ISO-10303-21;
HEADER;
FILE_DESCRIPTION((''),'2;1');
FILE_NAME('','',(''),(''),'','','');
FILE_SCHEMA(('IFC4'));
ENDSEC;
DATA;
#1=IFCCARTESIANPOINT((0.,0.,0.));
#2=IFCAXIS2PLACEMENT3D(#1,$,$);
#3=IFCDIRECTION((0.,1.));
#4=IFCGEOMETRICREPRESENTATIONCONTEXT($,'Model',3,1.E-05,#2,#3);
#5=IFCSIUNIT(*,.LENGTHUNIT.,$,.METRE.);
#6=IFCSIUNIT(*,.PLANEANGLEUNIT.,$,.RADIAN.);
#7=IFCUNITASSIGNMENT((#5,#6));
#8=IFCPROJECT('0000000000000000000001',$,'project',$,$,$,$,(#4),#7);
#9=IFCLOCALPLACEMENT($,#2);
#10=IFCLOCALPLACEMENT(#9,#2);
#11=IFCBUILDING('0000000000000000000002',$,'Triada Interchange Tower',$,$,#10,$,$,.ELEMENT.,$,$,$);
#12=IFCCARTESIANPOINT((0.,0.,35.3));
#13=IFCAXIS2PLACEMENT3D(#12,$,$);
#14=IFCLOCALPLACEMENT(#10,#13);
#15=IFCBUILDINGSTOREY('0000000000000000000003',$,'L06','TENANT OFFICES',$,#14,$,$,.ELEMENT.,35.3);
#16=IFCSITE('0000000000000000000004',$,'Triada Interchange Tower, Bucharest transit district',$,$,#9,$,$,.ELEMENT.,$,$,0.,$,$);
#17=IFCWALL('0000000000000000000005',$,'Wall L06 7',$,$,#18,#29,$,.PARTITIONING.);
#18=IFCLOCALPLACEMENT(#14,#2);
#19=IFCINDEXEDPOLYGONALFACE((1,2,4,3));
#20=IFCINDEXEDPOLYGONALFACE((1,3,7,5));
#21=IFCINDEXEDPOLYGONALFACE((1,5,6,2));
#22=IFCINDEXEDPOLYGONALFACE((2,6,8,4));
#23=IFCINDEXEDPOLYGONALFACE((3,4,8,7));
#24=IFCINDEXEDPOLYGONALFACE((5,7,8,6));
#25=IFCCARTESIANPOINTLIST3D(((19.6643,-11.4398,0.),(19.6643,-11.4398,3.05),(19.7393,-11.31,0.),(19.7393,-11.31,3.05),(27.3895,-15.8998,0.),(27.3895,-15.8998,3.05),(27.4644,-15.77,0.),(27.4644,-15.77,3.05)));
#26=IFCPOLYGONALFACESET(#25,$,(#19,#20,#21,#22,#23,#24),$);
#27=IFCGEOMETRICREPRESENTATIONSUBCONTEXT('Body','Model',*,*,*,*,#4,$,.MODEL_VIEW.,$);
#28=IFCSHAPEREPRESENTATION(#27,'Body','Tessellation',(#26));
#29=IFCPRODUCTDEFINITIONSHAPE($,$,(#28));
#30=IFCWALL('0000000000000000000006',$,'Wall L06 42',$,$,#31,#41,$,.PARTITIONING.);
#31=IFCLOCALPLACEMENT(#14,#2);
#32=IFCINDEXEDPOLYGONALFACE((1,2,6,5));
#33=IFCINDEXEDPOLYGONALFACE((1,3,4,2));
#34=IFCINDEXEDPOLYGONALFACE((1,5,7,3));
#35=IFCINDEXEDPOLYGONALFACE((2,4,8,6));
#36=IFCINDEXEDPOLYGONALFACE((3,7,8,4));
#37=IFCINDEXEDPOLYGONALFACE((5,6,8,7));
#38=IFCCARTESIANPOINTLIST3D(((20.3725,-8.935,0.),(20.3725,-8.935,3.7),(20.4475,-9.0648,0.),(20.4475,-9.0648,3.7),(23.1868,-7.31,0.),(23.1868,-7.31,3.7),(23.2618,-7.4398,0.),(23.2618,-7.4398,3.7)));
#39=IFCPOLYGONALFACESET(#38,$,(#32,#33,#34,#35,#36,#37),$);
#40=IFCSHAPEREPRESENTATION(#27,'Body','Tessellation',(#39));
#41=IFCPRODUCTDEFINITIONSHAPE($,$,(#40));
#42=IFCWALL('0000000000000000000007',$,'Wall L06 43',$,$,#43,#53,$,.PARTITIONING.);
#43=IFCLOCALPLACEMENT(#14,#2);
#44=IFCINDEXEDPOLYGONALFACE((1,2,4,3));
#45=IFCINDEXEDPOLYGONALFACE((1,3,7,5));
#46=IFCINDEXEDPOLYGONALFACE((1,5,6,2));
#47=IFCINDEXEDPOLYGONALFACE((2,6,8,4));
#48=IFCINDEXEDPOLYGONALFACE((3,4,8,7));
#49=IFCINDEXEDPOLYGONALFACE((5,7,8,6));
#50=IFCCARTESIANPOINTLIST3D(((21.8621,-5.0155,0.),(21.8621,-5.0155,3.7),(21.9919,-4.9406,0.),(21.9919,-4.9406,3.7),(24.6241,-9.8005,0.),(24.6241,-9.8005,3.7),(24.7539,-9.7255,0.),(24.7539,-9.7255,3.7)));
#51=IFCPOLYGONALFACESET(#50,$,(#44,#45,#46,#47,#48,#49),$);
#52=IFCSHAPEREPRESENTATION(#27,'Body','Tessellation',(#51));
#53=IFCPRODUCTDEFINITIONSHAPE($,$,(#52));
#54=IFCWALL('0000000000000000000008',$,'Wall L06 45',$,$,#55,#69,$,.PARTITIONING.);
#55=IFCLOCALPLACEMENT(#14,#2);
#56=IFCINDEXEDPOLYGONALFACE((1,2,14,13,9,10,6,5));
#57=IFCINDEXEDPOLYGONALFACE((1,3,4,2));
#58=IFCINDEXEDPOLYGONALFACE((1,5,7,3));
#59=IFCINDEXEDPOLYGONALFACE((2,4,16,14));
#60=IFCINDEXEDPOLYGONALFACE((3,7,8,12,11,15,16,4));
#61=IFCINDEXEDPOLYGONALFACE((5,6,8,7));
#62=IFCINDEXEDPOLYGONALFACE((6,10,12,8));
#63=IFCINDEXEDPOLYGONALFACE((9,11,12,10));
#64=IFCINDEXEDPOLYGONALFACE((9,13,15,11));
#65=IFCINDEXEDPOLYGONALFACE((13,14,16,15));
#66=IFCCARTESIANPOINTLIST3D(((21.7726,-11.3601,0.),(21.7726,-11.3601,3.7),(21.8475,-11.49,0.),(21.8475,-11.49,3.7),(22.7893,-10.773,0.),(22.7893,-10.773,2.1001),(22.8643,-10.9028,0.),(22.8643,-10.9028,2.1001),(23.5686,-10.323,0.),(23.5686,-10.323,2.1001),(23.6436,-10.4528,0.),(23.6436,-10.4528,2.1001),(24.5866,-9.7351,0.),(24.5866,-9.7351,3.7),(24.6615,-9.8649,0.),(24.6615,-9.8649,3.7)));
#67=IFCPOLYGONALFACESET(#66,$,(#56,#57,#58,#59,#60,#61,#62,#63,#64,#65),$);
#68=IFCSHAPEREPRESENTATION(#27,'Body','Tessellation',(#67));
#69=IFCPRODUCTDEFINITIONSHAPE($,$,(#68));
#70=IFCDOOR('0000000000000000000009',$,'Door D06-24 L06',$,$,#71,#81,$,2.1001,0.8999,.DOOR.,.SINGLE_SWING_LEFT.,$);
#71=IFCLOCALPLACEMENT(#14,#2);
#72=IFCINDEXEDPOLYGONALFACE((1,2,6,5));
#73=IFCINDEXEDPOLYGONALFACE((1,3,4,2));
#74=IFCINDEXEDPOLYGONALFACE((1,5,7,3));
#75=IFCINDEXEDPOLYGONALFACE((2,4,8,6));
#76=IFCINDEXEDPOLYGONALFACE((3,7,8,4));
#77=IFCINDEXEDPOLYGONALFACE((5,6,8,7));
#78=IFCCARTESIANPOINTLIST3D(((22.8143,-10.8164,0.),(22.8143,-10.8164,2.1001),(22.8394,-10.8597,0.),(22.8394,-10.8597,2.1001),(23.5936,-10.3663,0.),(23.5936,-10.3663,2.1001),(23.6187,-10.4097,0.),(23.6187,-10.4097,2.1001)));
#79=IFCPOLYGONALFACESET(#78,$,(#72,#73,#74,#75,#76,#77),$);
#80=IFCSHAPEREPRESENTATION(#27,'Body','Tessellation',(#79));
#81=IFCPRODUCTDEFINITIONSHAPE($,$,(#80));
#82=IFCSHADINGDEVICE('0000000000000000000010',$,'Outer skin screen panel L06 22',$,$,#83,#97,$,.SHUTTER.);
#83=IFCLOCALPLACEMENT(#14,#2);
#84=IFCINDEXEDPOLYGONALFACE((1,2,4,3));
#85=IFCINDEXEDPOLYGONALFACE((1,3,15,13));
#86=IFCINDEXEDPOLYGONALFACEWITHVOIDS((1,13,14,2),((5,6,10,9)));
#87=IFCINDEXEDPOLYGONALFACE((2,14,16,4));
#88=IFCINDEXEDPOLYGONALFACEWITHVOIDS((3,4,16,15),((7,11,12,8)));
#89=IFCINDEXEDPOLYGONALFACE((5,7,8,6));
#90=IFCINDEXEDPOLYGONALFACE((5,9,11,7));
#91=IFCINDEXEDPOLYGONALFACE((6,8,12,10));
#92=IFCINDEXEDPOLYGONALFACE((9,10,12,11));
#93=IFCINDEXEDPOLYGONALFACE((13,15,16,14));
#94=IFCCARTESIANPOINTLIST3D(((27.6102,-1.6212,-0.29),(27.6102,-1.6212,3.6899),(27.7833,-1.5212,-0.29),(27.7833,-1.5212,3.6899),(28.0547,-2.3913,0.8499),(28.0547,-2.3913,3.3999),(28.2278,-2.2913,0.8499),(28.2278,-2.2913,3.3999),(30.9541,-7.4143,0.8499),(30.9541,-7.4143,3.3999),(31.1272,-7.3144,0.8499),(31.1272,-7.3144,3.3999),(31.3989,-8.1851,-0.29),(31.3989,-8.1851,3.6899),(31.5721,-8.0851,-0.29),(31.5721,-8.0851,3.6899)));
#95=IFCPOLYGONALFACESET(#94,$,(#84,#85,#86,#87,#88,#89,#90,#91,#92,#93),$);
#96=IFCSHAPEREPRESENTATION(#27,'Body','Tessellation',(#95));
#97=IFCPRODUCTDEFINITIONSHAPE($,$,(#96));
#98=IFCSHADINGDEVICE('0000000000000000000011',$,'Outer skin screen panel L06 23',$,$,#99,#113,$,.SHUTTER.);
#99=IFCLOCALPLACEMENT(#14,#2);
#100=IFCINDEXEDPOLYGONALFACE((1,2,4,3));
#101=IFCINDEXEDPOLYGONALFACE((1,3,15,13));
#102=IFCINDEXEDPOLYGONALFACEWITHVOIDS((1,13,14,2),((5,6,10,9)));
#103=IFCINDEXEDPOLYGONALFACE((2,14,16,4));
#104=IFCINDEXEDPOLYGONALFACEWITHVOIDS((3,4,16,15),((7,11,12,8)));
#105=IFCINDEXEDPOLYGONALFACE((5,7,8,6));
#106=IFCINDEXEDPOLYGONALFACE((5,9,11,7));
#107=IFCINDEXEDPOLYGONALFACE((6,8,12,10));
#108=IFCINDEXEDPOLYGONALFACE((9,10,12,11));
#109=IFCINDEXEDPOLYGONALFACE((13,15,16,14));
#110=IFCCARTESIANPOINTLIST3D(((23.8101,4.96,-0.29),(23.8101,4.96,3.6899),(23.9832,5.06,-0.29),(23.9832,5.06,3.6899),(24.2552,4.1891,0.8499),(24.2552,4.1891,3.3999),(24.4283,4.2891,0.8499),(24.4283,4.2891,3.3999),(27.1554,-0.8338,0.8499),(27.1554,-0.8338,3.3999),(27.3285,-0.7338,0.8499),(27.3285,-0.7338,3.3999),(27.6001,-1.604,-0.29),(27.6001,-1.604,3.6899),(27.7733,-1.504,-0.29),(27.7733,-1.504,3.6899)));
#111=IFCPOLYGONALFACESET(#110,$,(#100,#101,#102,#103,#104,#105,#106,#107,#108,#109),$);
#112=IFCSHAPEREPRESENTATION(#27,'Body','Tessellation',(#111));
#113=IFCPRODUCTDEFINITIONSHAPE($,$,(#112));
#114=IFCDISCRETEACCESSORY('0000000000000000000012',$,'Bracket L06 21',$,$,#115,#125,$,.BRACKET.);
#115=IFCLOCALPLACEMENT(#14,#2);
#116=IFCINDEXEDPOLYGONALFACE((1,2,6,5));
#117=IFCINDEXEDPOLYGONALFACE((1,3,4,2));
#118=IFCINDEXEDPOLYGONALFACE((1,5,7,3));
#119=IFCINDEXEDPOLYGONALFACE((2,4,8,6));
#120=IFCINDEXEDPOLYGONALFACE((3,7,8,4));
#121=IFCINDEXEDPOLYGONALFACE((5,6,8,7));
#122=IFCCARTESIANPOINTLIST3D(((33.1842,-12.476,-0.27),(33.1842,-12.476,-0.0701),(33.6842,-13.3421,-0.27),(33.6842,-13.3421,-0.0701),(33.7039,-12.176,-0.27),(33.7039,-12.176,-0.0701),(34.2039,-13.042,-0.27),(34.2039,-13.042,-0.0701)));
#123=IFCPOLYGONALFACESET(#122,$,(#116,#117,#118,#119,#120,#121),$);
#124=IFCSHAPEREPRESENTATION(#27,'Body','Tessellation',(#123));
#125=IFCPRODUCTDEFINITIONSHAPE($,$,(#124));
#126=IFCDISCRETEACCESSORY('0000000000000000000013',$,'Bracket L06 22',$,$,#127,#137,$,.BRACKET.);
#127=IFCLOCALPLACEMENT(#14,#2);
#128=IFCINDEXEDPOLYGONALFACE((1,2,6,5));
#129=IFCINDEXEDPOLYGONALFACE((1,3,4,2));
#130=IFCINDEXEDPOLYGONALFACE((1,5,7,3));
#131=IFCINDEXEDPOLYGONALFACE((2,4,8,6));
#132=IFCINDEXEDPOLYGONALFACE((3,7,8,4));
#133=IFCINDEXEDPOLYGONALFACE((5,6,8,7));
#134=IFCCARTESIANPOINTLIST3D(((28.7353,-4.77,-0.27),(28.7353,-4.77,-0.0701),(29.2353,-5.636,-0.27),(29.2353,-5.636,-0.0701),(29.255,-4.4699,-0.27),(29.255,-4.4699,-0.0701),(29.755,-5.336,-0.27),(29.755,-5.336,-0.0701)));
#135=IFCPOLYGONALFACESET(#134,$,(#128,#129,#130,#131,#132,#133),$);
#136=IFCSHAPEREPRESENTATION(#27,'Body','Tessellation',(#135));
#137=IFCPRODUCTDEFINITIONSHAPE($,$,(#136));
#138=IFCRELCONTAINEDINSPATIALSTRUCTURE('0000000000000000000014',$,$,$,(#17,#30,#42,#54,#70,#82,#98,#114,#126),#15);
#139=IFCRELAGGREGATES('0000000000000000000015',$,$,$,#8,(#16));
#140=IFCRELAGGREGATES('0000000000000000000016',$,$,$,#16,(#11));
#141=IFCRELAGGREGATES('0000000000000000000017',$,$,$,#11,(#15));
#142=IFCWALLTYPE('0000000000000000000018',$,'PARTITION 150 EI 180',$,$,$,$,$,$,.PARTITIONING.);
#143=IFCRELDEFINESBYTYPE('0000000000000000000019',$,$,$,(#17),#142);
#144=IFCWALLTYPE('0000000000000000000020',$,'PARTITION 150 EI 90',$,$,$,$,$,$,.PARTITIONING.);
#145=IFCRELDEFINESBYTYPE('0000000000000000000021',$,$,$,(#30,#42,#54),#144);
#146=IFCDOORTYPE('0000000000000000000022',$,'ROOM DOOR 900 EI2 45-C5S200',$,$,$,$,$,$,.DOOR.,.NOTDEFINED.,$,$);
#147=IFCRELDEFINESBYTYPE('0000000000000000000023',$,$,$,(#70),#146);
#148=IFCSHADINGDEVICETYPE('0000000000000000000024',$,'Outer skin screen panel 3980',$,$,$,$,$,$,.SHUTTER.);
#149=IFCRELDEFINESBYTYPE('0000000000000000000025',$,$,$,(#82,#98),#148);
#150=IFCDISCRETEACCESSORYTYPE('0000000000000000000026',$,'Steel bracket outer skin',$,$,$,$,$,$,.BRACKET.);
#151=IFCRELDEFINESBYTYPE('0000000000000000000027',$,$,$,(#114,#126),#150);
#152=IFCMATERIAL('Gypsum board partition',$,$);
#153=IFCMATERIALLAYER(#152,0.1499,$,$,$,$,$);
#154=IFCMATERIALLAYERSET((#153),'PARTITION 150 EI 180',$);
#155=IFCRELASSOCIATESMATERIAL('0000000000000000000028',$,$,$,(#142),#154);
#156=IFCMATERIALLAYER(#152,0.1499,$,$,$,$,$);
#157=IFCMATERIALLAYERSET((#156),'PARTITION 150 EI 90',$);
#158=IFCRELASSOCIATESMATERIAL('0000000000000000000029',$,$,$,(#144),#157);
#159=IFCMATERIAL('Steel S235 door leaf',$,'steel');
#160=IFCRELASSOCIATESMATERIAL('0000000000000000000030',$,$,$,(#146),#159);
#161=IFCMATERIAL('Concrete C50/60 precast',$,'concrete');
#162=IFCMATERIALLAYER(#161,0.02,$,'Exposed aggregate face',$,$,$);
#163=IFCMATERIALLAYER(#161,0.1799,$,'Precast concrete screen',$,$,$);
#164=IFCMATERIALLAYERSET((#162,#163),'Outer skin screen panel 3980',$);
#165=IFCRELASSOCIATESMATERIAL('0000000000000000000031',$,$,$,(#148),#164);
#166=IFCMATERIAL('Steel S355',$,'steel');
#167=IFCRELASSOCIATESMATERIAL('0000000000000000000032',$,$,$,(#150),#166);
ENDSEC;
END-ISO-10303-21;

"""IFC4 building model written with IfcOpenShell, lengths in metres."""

from ifc_helpers import new_model, si_unit, direction, frame, frame_2d, origin, origin_2d, place, context, subcontext, project, spatial, polyline, rectangle, outline, extrude, material, layer, layer_set, type_object, element, fill, save


model = new_model("IFC4")

# Units and contexts
model_context = context("Model", 3, precision=1e-05, world=origin(), true_north=direction((0.0, 1.0)))
body_context = subcontext(model_context, "Body", "Model", "MODEL_VIEW")
ifc_project = project(units=[si_unit("LENGTHUNIT", "METRE"), si_unit("PLANEANGLEUNIT", "RADIAN")], contexts=[model_context])

# Site, building, storey
site_placement = place(None, origin())
site = spatial("IfcSite", under=ifc_project, at=site_placement, Name="Triada Interchange Tower, Bucharest transit district", CompositionType="ELEMENT", RefElevation=0.0)
building_placement = place(site_placement, origin())
building = spatial("IfcBuilding", under=site, at=building_placement, Name="Triada Interchange Tower", CompositionType="ELEMENT")
storey_placement = place(building_placement, frame((0.0, 0.0, 35.3)))
storey = spatial("IfcBuildingStorey", under=building, at=storey_placement, Name="L06", Description="TENANT OFFICES", CompositionType="ELEMENT", Elevation=35.3)

# Walls
ifc_material_1 = material(Name="Gypsum board partition")
ifc_layer_1 = layer(ifc_material_1, 0.1499)
ifc_layer_set_1 = layer_set([ifc_layer_1], Name="PARTITION 150 EI 180")
wall_type_1 = type_object("IfcWallType", Name="PARTITION 150 EI 180", PredefinedType="PARTITIONING", material=ifc_layer_set_1)
wall_1_placement = place(storey_placement, frame((19.7019, -11.375, 0.0), z_axis=(0.0, 0.0, 1.0), x_axis=(0.866032, -0.499989, 0.0)))
element("IfcWall", 1, at=wall_1_placement, inside=storey, type_object=wall_type_1, Name="Wall L06 7", PredefinedType="PARTITIONING", context=body_context, shape_type="SweptSolid", body=[
    extrude(rectangle(XDim=8.9202, YDim=0.1499, at=frame_2d((4.46, 0.0))), origin(), (0.0, 0.0, 1.0), 3.05),
])
ifc_layer_2 = layer(ifc_material_1, 0.1499)
ifc_layer_set_2 = layer_set([ifc_layer_2], Name="PARTITION 150 EI 90")
wall_type_2 = type_object("IfcWallType", Name="PARTITION 150 EI 90", PredefinedType="PARTITIONING", material=ifc_layer_set_2)
wall_2_placement = place(storey_placement, frame((20.4099, -9.0, 0.0), z_axis=(0.0, 0.0, 1.0), x_axis=(0.865997, 0.50005, 0.0)))
element("IfcWall", 2, at=wall_2_placement, inside=storey, type_object=wall_type_2, Name="Wall L06 42", PredefinedType="PARTITIONING", context=body_context, shape_type="SweptSolid", body=[
    extrude(rectangle(XDim=3.2498, YDim=0.1499, at=frame_2d((1.625, 0.0))), origin(), (0.0, 0.0, 1.0), 3.7),
])
wall_3_placement = place(storey_placement, frame((21.927, -4.978, 0.0), z_axis=(0.0, 0.0, 1.0), x_axis=(0.499918, -0.866073, 0.0)))
element("IfcWall", 3, at=wall_3_placement, inside=storey, type_object=wall_type_2, Name="Wall L06 43", PredefinedType="PARTITIONING", context=body_context, shape_type="SweptSolid", body=[
    extrude(rectangle(XDim=5.5249, YDim=0.1499, at=frame_2d((2.7625, 0.0))), origin(), (0.0, 0.0, 1.0), 3.7),
])

# Wall, opening, door
wall_4_placement = place(storey_placement, frame((21.8101, -11.425, 0.0), z_axis=(0.0, 0.0, 1.0), x_axis=(0.865978, 0.500082, 0.0)))
wall_4 = element("IfcWall", 4, at=wall_4_placement, inside=storey, type_object=wall_type_2, Name="Wall L06 45", PredefinedType="PARTITIONING", context=body_context, shape_type="SweptSolid", body=[
    extrude(rectangle(XDim=3.2495, YDim=0.1499, at=frame_2d((1.6248, 0.0))), origin(), (0.0, 0.0, 1.0), 3.7),
])
opening_placement = place(wall_4_placement, frame((1.1741, 0.0, 0.0)))
opening = element("IfcOpeningElement", 5, at=opening_placement, cuts=wall_4, PredefinedType="OPENING", context=body_context, shape_type="SweptSolid", body=[
    extrude(rectangle(XDim=0.8999, YDim=2.1001, at=frame_2d((0.45, 1.05))), frame((0.0, 0.085, 0.0), z_axis=(0.0, -1.0, 0.0), x_axis=(1.0, 0.0, 0.0)), (0.0, 0.0, 1.0), 0.1699),
])
ifc_material_2 = material(Name="Steel S235 door leaf", Category="steel")
door_type = type_object("IfcDoorType", Name="ROOM DOOR 900 EI2 45-C5S200", OperationType="NOTDEFINED", PredefinedType="DOOR", material=ifc_material_2)
door_placement = place(opening_placement, origin())
door = element("IfcDoor", 6, at=door_placement, inside=storey, type_object=door_type, Name="Door D06-24 L06", OperationType="SINGLE_SWING_LEFT", OverallHeight=2.1001, OverallWidth=0.8999, PredefinedType="DOOR", context=body_context, shape_type="SweptSolid", body=[
    extrude(rectangle(XDim=0.8999, YDim=2.1001, at=frame_2d((0.45, 1.05))), frame((0.0, 0.0249, 0.0), z_axis=(0.0, -1.0, 0.0), x_axis=(1.0, 0.0, 0.0)), (0.0, 0.0, 1.0), 0.05),
])
fill(opening, door)

# Shading devices
ifc_material_3 = material(Name="Concrete C50/60 precast", Category="concrete")
ifc_layer_3 = layer(ifc_material_3, 0.02, Name="Exposed aggregate face")
ifc_layer_4 = layer(ifc_material_3, 0.1799, Name="Precast concrete screen")
ifc_layer_set_3 = layer_set([ifc_layer_3, ifc_layer_4], Name="Outer skin screen panel 3980")
shading_device_type = type_object("IfcShadingDeviceType", Name="Outer skin screen panel 3980", PredefinedType="SHUTTER", material=ifc_layer_set_3)
shading_device_1_placement = place(storey_placement, frame((31.3989, -8.1851, -0.29), z_axis=(0.0, 0.0, 1.0), x_axis=(-0.499912, 0.866076, 0.0)))
element("IfcShadingDevice", 7, at=shading_device_1_placement, inside=storey, type_object=shading_device_type, Name="Outer skin screen panel L06 22", PredefinedType="SHUTTER", context=body_context, shape_type="SweptSolid", body=[
    extrude(outline(polyline([(0.0, 0.0), (7.5789, 0.0), (7.5789, 3.98), (0.0, 3.98), (0.0, 0.0)]), holes=[polyline([(0.8899, 1.1399), (0.8899, 3.6899), (6.6897, 3.6899), (6.6897, 1.1399), (0.8899, 1.1399)])]), frame((0.0, 0.0, 0.0), z_axis=(0.0, -1.0, 0.0), x_axis=(1.0, 0.0, 0.0)), (0.0, 0.0, 1.0), 0.2),
])
shading_device_2_placement = place(storey_placement, frame((27.6001, -1.604, -0.29), z_axis=(0.0, 0.0, 1.0), x_axis=(-0.500033, 0.866006, 0.0)))
element("IfcShadingDevice", 8, at=shading_device_2_placement, inside=storey, type_object=shading_device_type, Name="Outer skin screen panel L06 23", PredefinedType="SHUTTER", context=body_context, shape_type="SweptSolid", body=[
    extrude(outline(polyline([(0.0, 0.0), (7.5796, 0.0), (7.5796, 3.98), (0.0, 3.98), (0.0, 0.0)]), holes=[polyline([(0.8894, 1.1399), (0.8894, 3.6899), (6.6895, 3.6899), (6.6895, 1.1399), (0.8894, 1.1399)])]), frame((0.0, 0.0, 0.0), z_axis=(0.0, -1.0, 0.0), x_axis=(1.0, 0.0, 0.0)), (0.0, 0.0, 1.0), 0.2),
])

# Discrete accessories
ifc_material_4 = material(Name="Steel S355", Category="steel")
discrete_accessory_type = type_object("IfcDiscreteAccessoryType", Name="Steel bracket outer skin", PredefinedType="BRACKET", material=ifc_material_4)
for number, where, z_axis, x_axis, name in (
    (9, (33.6941, -12.759, -0.27), (0.0, 0.0, 1.0), (0.866021, 0.500008, 0.0), "Bracket L06 21"),
    (10, (29.2451, -5.053, -0.27), (0.0, 0.0, 1.0), (0.866021, 0.500008, 0.0), "Bracket L06 22"),
):
    element("IfcDiscreteAccessory", number, at=place(storey_placement, frame(where, z_axis=z_axis, x_axis=x_axis)), inside=storey, type_object=discrete_accessory_type, Name=name, PredefinedType="BRACKET", context=body_context, shape_type="SweptSolid", body=[
        extrude(rectangle(XDim=0.6001, YDim=1.0, at=origin_2d()), origin(), (0.0, 0.0, 1.0), 0.2),
    ])

save(model, "model.ifc")
